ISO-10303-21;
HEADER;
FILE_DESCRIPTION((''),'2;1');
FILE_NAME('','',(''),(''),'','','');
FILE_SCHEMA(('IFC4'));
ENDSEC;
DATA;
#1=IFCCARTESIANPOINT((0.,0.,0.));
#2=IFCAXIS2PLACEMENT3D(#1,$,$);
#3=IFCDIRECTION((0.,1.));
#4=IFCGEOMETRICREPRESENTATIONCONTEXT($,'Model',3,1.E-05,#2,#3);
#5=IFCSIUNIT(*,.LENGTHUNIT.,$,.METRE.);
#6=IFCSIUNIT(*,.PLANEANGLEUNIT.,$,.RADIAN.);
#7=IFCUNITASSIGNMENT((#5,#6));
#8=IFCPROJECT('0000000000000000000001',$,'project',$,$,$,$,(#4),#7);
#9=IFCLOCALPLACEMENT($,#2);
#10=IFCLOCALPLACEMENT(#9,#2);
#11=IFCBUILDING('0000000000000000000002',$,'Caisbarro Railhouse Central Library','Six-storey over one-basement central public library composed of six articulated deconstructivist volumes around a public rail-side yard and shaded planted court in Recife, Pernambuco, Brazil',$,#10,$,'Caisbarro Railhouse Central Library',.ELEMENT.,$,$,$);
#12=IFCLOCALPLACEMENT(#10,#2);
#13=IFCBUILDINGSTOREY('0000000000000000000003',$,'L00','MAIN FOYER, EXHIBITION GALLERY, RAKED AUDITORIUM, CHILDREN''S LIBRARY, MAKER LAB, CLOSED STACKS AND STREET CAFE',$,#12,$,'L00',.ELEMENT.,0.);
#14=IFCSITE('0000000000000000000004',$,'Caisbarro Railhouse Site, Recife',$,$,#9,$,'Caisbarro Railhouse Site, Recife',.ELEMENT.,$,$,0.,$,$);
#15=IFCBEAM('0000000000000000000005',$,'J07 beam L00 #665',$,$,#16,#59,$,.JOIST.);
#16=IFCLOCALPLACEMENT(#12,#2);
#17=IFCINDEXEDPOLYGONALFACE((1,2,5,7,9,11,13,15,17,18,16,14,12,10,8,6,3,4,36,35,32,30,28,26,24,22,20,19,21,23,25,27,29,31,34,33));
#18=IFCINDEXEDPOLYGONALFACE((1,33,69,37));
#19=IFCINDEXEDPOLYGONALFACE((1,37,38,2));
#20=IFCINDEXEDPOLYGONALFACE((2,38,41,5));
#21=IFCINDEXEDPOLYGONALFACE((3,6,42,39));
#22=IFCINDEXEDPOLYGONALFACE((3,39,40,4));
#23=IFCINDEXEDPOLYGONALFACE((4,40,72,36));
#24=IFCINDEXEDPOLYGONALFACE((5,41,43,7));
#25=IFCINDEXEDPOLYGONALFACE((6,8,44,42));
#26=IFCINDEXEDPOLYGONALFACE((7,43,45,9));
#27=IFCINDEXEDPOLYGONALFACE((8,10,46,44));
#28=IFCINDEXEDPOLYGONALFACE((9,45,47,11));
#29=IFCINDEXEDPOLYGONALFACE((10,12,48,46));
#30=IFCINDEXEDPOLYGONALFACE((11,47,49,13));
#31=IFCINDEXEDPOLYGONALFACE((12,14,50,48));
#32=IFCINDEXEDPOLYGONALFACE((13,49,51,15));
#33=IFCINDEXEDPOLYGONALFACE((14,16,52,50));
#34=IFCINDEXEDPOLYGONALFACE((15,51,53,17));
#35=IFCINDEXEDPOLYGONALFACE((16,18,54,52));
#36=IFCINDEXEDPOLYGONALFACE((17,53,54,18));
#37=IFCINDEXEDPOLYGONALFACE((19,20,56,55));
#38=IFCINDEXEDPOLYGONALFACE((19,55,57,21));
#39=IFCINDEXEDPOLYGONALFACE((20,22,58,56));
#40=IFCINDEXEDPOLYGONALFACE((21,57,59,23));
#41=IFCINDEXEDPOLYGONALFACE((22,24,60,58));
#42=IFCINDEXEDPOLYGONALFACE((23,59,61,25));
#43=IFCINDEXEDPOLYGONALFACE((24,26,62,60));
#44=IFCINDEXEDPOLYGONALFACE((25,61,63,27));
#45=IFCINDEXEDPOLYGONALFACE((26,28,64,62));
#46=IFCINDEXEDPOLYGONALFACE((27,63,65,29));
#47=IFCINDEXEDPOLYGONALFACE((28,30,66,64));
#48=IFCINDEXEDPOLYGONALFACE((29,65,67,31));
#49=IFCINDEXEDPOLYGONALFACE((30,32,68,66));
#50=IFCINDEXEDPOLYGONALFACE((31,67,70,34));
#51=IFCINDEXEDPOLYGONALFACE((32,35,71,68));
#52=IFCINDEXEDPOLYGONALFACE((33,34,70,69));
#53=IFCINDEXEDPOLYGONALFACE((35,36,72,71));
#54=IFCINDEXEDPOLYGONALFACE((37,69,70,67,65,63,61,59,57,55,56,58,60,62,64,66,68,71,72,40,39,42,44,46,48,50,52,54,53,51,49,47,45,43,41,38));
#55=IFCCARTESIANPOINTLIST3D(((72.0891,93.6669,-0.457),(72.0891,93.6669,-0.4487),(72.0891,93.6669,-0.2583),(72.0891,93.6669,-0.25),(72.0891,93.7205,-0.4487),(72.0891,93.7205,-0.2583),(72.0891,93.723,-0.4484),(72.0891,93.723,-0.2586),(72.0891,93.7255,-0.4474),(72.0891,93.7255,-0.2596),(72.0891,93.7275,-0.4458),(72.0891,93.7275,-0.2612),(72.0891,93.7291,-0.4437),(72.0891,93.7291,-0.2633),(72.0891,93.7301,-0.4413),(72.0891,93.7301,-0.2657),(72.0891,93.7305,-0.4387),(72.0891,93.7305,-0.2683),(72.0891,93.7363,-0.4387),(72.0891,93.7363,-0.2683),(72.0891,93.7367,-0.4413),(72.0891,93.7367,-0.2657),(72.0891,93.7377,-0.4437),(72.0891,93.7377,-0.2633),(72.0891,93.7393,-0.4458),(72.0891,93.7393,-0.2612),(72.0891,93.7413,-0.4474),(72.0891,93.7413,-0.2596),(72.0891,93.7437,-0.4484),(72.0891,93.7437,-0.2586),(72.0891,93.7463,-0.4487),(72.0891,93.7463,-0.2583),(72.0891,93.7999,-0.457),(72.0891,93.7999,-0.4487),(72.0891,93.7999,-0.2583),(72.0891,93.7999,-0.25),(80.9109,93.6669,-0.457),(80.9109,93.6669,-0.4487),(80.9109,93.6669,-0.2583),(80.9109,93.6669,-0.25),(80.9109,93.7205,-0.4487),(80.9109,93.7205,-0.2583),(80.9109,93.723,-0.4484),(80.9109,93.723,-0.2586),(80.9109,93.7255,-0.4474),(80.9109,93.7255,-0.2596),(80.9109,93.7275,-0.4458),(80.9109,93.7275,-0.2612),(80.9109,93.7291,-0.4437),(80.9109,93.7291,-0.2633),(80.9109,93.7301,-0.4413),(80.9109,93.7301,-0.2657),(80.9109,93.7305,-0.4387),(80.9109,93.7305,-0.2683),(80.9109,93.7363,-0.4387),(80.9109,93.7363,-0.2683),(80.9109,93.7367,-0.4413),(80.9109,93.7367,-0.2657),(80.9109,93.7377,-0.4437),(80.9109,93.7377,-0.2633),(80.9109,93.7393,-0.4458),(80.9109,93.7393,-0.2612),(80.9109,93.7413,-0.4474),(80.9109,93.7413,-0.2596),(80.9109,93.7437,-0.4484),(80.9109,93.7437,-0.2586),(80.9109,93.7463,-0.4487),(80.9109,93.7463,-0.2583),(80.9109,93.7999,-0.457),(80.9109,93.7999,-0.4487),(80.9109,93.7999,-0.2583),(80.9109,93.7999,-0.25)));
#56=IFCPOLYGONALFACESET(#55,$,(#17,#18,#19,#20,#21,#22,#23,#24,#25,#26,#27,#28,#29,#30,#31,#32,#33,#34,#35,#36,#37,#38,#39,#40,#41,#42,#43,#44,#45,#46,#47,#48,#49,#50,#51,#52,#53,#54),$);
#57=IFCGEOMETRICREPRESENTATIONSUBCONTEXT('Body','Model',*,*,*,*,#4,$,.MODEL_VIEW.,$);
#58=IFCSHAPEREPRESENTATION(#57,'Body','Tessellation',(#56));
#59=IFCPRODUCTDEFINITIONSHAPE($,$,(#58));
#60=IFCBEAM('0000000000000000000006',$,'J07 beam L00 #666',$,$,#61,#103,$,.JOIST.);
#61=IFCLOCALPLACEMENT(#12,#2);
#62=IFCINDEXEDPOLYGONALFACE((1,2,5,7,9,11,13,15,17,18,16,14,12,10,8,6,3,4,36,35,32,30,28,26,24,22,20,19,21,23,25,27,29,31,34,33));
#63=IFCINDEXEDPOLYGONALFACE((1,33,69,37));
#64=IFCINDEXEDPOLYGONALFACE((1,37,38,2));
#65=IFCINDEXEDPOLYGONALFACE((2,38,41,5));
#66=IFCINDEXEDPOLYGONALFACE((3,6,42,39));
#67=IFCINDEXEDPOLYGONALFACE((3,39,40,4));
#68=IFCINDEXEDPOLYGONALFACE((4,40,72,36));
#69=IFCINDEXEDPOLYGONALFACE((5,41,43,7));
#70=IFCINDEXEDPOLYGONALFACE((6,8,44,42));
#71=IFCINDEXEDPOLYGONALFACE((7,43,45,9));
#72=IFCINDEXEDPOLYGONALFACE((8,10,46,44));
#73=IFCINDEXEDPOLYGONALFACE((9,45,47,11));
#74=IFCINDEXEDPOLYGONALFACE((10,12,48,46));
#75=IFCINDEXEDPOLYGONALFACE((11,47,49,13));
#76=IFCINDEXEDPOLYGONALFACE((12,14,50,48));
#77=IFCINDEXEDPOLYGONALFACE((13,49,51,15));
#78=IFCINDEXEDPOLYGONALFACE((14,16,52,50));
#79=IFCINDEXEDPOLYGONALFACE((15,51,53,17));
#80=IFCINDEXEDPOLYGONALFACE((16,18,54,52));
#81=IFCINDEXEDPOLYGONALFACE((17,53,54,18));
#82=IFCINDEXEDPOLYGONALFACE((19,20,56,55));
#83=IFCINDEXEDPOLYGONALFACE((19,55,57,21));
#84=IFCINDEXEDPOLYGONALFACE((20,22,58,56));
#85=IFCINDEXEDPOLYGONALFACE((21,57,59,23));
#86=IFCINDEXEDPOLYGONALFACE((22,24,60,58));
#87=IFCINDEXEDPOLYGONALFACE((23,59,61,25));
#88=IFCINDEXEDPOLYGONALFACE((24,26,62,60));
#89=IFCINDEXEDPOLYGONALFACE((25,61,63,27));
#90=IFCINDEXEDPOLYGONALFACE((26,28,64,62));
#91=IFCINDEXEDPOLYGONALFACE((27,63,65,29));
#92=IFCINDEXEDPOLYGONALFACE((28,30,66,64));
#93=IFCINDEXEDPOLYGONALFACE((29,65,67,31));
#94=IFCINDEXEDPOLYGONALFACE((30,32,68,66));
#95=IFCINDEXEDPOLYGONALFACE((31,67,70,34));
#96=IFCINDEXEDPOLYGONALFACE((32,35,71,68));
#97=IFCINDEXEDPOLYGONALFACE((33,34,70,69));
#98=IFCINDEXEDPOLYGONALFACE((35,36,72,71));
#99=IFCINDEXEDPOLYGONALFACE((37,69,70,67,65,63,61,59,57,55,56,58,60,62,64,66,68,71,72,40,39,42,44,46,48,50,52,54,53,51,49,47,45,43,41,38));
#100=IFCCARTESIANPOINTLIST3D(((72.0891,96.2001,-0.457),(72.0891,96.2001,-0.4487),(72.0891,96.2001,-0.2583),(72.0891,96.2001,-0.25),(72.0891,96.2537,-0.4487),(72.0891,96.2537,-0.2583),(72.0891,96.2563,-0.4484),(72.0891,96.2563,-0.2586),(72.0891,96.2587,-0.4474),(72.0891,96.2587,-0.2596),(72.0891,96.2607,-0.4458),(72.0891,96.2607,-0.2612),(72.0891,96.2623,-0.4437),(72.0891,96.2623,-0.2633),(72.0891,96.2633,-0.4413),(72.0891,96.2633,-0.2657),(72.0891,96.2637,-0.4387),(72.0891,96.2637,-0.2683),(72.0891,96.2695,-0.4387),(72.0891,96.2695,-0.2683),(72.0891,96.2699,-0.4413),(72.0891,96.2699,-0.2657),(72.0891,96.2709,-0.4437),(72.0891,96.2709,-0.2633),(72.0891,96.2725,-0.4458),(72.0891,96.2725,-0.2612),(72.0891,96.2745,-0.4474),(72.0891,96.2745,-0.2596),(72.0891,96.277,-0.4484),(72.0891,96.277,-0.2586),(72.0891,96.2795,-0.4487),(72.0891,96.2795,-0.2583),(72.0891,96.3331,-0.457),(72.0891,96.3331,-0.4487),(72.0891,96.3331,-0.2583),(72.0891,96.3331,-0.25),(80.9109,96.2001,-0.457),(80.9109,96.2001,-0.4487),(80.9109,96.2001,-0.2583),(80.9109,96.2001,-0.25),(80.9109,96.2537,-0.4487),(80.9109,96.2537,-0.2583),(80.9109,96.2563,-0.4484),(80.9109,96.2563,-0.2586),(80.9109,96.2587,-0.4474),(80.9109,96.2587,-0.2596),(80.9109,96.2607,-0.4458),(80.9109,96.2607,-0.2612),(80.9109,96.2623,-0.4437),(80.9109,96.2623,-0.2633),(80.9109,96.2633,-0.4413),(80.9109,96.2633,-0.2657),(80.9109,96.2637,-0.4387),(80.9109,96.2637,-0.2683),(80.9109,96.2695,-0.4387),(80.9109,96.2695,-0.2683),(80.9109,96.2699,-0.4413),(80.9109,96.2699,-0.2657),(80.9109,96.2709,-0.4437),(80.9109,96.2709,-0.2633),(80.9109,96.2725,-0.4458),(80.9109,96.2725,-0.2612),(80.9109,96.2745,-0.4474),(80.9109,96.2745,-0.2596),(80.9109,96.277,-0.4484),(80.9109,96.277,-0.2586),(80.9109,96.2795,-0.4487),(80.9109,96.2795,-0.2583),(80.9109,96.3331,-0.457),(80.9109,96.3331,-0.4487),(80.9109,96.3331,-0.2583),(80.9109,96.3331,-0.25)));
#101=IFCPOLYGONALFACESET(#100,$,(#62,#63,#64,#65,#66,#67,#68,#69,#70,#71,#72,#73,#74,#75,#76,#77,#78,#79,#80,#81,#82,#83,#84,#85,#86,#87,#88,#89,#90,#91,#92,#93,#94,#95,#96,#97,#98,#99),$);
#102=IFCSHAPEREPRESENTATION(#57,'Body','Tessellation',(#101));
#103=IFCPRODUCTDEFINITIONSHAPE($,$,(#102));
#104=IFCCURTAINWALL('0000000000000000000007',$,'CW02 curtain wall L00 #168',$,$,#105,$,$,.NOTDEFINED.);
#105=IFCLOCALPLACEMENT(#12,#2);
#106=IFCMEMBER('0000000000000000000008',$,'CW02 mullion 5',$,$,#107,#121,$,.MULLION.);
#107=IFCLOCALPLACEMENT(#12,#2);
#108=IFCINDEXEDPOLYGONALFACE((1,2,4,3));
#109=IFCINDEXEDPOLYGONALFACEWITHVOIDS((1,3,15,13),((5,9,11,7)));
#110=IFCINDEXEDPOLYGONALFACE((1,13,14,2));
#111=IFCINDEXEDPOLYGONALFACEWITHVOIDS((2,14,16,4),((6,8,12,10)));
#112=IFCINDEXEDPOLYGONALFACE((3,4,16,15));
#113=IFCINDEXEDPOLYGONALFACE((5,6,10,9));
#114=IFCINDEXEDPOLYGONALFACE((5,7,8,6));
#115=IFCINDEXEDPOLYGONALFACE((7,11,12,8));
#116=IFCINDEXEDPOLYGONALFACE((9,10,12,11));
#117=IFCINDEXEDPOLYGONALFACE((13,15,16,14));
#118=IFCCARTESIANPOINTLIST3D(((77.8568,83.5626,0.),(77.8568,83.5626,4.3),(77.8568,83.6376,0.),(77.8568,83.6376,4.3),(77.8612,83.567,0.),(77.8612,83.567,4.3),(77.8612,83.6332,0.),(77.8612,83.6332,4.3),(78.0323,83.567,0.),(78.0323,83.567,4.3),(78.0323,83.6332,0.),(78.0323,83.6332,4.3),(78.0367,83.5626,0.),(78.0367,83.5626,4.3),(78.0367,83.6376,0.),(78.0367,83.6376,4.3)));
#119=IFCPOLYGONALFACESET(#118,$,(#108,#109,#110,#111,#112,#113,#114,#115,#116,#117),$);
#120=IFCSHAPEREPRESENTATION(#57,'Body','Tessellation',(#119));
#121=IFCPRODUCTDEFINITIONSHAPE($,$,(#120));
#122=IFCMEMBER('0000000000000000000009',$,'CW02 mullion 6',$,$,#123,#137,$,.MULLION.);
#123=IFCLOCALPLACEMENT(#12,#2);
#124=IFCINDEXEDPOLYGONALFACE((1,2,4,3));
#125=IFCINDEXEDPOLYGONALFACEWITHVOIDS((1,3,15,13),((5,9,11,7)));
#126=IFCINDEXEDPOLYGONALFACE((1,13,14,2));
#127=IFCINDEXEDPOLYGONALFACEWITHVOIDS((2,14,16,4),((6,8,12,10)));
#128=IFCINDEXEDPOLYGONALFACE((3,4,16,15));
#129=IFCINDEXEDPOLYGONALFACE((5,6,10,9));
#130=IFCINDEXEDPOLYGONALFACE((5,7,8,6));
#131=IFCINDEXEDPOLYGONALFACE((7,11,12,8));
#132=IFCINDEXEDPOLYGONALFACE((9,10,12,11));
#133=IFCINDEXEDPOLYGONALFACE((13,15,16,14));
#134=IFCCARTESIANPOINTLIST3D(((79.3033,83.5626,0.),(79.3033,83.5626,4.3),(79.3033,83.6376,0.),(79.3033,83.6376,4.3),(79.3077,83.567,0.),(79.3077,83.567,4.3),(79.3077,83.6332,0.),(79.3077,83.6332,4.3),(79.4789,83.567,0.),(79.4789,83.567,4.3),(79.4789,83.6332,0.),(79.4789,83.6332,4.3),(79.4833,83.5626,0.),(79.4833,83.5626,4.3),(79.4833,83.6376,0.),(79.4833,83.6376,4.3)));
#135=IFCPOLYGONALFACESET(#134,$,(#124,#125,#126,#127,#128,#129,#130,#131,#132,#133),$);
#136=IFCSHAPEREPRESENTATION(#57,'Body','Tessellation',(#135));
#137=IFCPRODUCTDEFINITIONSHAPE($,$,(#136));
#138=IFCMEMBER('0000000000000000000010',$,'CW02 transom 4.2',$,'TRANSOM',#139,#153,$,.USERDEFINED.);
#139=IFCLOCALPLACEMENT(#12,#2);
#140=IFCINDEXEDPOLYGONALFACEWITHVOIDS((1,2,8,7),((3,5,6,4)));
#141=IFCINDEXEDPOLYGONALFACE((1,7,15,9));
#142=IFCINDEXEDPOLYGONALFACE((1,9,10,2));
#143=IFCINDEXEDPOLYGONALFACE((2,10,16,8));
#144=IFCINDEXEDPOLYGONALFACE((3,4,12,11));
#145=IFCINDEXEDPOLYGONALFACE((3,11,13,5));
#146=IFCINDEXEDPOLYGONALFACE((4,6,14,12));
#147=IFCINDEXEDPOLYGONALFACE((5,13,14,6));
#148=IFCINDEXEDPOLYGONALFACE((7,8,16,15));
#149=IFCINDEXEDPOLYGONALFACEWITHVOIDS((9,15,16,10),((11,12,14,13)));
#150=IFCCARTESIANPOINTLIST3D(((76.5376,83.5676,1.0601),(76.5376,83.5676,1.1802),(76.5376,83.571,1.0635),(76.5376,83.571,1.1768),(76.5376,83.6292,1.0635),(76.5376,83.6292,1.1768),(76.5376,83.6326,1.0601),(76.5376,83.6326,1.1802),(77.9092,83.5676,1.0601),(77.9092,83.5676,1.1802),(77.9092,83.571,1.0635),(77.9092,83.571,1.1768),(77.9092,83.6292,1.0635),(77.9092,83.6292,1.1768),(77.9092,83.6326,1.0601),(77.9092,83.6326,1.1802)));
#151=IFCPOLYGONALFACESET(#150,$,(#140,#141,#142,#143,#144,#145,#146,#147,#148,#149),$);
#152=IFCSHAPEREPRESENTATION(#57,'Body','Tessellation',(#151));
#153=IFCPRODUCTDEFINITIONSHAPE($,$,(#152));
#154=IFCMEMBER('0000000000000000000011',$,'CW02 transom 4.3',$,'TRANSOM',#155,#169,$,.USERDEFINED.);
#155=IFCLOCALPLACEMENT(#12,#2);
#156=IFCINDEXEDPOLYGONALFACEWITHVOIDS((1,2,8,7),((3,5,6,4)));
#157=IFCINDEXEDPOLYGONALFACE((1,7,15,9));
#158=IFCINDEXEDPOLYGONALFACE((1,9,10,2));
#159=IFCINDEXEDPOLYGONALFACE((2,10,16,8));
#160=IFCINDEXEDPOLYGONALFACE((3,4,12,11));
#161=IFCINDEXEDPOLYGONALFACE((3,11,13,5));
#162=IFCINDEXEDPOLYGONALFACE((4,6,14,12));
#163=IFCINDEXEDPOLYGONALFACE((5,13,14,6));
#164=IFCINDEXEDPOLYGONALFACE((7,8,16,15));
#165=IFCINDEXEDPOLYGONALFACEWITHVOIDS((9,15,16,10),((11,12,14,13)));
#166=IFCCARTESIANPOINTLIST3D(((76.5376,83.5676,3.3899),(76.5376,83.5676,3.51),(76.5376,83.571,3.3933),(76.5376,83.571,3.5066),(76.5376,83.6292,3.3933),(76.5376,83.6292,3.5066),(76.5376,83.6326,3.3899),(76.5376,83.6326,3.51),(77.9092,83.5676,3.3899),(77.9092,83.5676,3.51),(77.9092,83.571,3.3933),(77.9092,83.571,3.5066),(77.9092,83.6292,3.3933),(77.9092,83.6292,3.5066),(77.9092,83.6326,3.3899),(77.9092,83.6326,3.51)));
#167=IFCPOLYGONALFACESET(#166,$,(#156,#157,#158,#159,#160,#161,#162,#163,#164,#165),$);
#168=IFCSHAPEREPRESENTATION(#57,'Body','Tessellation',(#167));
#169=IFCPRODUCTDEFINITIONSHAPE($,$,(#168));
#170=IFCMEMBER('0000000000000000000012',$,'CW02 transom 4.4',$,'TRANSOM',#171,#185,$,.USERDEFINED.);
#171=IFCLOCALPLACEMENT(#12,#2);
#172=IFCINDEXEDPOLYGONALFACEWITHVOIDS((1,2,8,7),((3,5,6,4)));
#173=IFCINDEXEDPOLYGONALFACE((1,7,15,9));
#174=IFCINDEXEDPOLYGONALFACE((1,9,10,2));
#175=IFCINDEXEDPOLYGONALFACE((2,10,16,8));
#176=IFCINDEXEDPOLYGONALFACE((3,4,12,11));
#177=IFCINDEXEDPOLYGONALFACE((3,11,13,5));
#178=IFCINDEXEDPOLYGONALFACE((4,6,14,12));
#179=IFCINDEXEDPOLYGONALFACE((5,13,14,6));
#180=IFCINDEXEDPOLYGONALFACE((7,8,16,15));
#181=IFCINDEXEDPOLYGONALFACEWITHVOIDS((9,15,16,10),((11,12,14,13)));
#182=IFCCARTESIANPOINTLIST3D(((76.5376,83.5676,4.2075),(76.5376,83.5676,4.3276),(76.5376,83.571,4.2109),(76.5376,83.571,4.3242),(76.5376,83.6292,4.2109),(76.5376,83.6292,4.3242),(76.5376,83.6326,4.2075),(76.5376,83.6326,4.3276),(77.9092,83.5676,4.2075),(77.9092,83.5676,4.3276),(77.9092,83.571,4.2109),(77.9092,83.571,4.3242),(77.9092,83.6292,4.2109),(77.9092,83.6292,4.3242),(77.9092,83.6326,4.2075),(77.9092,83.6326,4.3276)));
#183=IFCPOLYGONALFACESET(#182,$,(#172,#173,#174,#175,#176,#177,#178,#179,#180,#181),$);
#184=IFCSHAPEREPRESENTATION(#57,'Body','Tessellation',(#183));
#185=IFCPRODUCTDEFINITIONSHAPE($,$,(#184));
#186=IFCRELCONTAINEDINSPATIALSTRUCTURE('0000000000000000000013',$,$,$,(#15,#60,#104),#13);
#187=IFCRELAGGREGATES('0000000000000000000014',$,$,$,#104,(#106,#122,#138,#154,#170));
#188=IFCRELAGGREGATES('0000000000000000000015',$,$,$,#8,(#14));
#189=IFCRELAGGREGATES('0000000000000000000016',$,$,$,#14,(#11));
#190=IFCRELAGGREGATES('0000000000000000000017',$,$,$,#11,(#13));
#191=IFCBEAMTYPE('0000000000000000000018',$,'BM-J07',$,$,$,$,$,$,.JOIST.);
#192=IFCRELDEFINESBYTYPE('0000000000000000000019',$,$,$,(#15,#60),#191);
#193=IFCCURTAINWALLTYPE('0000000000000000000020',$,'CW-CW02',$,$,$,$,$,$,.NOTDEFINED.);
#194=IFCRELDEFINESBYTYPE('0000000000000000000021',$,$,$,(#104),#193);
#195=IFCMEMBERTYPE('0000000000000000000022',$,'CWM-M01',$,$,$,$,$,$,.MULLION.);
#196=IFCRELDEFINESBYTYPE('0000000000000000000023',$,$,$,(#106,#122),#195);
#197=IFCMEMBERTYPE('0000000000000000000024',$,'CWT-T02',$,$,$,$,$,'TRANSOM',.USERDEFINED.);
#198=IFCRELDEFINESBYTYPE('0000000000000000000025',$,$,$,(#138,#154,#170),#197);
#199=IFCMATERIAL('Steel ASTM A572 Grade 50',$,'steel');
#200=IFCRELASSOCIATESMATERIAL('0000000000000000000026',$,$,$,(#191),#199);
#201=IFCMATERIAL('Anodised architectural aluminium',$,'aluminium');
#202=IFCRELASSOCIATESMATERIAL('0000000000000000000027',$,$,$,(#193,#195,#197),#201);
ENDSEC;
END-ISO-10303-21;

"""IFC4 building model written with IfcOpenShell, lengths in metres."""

from ifc_helpers import new_model, si_unit, direction, frame, origin, origin_2d, place, context, subcontext, project, spatial, hollow_rectangle, i_section, extrude, material, material_profile, profile_set, type_object, element, aggregate, save


model = new_model("IFC4")

# Units and contexts
model_context = context("Model", 3, precision=1e-05, world=origin(), true_north=direction((0.0, 1.0)))
body_context = subcontext(model_context, "Body", "Model", "MODEL_VIEW")
ifc_project = project(units=[si_unit("LENGTHUNIT", "METRE"), si_unit("PLANEANGLEUNIT", "RADIAN")], contexts=[model_context])

# Site, building, storey
site_placement = place(None, origin())
site = spatial("IfcSite", under=ifc_project, at=site_placement, Name="Caisbarro Railhouse Site, Recife", LongName="Caisbarro Railhouse Site, Recife", CompositionType="ELEMENT", RefElevation=0.0)
building_placement = place(site_placement, origin())
building = spatial("IfcBuilding", under=site, at=building_placement, Name="Caisbarro Railhouse Central Library", Description="Six-storey over one-basement central public library composed of six articulated deconstructivist volumes around a public rail-side yard and shaded planted court in Recife, Pernambuco, Brazil", LongName="Caisbarro Railhouse Central Library", CompositionType="ELEMENT")
storey_placement = place(building_placement, origin())
storey = spatial("IfcBuildingStorey", under=building, at=storey_placement, Name="L00", Description="MAIN FOYER, EXHIBITION GALLERY, RAKED AUDITORIUM, CHILDREN'S LIBRARY, MAKER LAB, CLOSED STACKS AND STREET CAFE", LongName="L00", CompositionType="ELEMENT", Elevation=0.0)

# Beams
ifc_material_1 = material(Name="Steel ASTM A572 Grade 50", Category="steel")
ifc_material_profile_1 = material_profile(ifc_material_1, i_section(OverallWidth=0.1331, OverallDepth=0.207, WebThickness=0.0059, FlangeThickness=0.0083, FilletRadius=0.01, at=origin_2d()), Name="W200X26.6")
ifc_profile_set_1 = profile_set([ifc_material_profile_1], Name="Steel ASTM A572 Grade 50")
beam_type_1 = type_object("IfcBeamType", Name="BM-J07", PredefinedType="JOIST", material=ifc_profile_set_1)
for number, where, z_axis, x_axis, name in (
    (1, (72.0891, 93.7334, -0.3535), (1.0, 0.0, 0.0), (0.0, 1.0, 0.0), "J07 beam L00 #665"),
    (2, (72.0891, 96.2666, -0.3535), (1.0, 0.0, 0.0), (0.0, 1.0, 0.0), "J07 beam L00 #666"),
):
    element("IfcBeam", number, at=place(storey_placement, frame(where, z_axis=z_axis, x_axis=x_axis)), inside=storey, type_object=beam_type_1, Name=name, PredefinedType="JOIST", context=body_context, shape_type="SweptSolid", body=[
        extrude(i_section(OverallWidth=0.1331, OverallDepth=0.207, WebThickness=0.0059, FlangeThickness=0.0083, FilletRadius=0.01, at=origin_2d()), origin(), (0.0, 0.0, 1.0), 8.8218),
    ])

# Curtain wall, members
ifc_material_2 = material(Name="Anodised architectural aluminium", Category="aluminium")
curtain_wall_type = type_object("IfcCurtainWallType", Name="CW-CW02", PredefinedType="NOTDEFINED", material=ifc_material_2)
curtain_wall_placement = place(storey_placement, origin())
curtain_wall = element("IfcCurtainWall", 3, at=curtain_wall_placement, inside=storey, type_object=curtain_wall_type, Name="CW02 curtain wall L00 #168", PredefinedType="NOTDEFINED")
ifc_material_profile_2 = material_profile(ifc_material_2, hollow_rectangle(XDim=0.075, YDim=0.1799, WallThickness=0.0044, at=origin_2d()), Name="ALU-MUL-75X180")
ifc_profile_set_2 = profile_set([ifc_material_profile_2], Name="Anodised architectural aluminium")
member_type_1 = type_object("IfcMemberType", Name="CWM-M01", PredefinedType="MULLION", material=ifc_profile_set_2)
member_1_placement = place(storey_placement, frame((77.9468, 83.6001, 0.0), z_axis=(0.0, 0.0, 1.0), x_axis=(0.0, 1.0, 0.0)))
member_1 = element("IfcMember", 4, at=member_1_placement, type_object=member_type_1, Name="CW02 mullion 5", PredefinedType="MULLION", context=body_context, shape_type="SweptSolid", body=[
    extrude(hollow_rectangle(XDim=0.075, YDim=0.1799, WallThickness=0.0044, at=origin_2d()), origin(), (0.0, 0.0, 1.0), 4.3),
])
member_2_placement = place(storey_placement, frame((79.3933, 83.6001, 0.0), z_axis=(0.0, 0.0, 1.0), x_axis=(0.0, 1.0, 0.0)))
member_2 = element("IfcMember", 5, at=member_2_placement, type_object=member_type_1, Name="CW02 mullion 6", PredefinedType="MULLION", context=body_context, shape_type="SweptSolid", body=[
    extrude(hollow_rectangle(XDim=0.075, YDim=0.1799, WallThickness=0.0044, at=origin_2d()), origin(), (0.0, 0.0, 1.0), 4.3),
])
ifc_material_profile_3 = material_profile(ifc_material_2, hollow_rectangle(XDim=0.0649, YDim=0.1201, WallThickness=0.0034, at=origin_2d()), Name="ALU-TRN-65X120")
ifc_profile_set_3 = profile_set([ifc_material_profile_3], Name="Anodised architectural aluminium")
member_type_2 = type_object("IfcMemberType", Name="CWT-T02", ElementType="TRANSOM", PredefinedType="USERDEFINED", material=ifc_profile_set_3)
member_3_placement = place(storey_placement, frame((76.5376, 83.6001, 1.1201), z_axis=(1.0, 0.0, 0.0), x_axis=(0.0, 1.0, 0.0)))
member_3 = element("IfcMember", 6, at=member_3_placement, type_object=member_type_2, Name="CW02 transom 4.2", ObjectType="TRANSOM", PredefinedType="USERDEFINED", context=body_context, shape_type="SweptSolid", body=[
    extrude(hollow_rectangle(XDim=0.0649, YDim=0.1201, WallThickness=0.0034, at=origin_2d()), origin(), (0.0, 0.0, 1.0), 1.3716),
])
member_4_placement = place(storey_placement, frame((76.5376, 83.6001, 3.45), z_axis=(1.0, 0.0, 0.0), x_axis=(0.0, 1.0, 0.0)))
member_4 = element("IfcMember", 7, at=member_4_placement, type_object=member_type_2, Name="CW02 transom 4.3", ObjectType="TRANSOM", PredefinedType="USERDEFINED", context=body_context, shape_type="SweptSolid", body=[
    extrude(hollow_rectangle(XDim=0.0649, YDim=0.1201, WallThickness=0.0034, at=origin_2d()), origin(), (0.0, 0.0, 1.0), 1.3716),
])
member_5_placement = place(storey_placement, frame((76.5376, 83.6001, 4.2676), z_axis=(1.0, 0.0, 0.0), x_axis=(0.0, 1.0, 0.0)))
member_5 = element("IfcMember", 8, at=member_5_placement, type_object=member_type_2, Name="CW02 transom 4.4", ObjectType="TRANSOM", PredefinedType="USERDEFINED", context=body_context, shape_type="SweptSolid", body=[
    extrude(hollow_rectangle(XDim=0.0649, YDim=0.1201, WallThickness=0.0034, at=origin_2d()), origin(), (0.0, 0.0, 1.0), 1.3716),
])
aggregate(curtain_wall, [member_1, member_2, member_3, member_4, member_5])

save(model, "model.ifc")
